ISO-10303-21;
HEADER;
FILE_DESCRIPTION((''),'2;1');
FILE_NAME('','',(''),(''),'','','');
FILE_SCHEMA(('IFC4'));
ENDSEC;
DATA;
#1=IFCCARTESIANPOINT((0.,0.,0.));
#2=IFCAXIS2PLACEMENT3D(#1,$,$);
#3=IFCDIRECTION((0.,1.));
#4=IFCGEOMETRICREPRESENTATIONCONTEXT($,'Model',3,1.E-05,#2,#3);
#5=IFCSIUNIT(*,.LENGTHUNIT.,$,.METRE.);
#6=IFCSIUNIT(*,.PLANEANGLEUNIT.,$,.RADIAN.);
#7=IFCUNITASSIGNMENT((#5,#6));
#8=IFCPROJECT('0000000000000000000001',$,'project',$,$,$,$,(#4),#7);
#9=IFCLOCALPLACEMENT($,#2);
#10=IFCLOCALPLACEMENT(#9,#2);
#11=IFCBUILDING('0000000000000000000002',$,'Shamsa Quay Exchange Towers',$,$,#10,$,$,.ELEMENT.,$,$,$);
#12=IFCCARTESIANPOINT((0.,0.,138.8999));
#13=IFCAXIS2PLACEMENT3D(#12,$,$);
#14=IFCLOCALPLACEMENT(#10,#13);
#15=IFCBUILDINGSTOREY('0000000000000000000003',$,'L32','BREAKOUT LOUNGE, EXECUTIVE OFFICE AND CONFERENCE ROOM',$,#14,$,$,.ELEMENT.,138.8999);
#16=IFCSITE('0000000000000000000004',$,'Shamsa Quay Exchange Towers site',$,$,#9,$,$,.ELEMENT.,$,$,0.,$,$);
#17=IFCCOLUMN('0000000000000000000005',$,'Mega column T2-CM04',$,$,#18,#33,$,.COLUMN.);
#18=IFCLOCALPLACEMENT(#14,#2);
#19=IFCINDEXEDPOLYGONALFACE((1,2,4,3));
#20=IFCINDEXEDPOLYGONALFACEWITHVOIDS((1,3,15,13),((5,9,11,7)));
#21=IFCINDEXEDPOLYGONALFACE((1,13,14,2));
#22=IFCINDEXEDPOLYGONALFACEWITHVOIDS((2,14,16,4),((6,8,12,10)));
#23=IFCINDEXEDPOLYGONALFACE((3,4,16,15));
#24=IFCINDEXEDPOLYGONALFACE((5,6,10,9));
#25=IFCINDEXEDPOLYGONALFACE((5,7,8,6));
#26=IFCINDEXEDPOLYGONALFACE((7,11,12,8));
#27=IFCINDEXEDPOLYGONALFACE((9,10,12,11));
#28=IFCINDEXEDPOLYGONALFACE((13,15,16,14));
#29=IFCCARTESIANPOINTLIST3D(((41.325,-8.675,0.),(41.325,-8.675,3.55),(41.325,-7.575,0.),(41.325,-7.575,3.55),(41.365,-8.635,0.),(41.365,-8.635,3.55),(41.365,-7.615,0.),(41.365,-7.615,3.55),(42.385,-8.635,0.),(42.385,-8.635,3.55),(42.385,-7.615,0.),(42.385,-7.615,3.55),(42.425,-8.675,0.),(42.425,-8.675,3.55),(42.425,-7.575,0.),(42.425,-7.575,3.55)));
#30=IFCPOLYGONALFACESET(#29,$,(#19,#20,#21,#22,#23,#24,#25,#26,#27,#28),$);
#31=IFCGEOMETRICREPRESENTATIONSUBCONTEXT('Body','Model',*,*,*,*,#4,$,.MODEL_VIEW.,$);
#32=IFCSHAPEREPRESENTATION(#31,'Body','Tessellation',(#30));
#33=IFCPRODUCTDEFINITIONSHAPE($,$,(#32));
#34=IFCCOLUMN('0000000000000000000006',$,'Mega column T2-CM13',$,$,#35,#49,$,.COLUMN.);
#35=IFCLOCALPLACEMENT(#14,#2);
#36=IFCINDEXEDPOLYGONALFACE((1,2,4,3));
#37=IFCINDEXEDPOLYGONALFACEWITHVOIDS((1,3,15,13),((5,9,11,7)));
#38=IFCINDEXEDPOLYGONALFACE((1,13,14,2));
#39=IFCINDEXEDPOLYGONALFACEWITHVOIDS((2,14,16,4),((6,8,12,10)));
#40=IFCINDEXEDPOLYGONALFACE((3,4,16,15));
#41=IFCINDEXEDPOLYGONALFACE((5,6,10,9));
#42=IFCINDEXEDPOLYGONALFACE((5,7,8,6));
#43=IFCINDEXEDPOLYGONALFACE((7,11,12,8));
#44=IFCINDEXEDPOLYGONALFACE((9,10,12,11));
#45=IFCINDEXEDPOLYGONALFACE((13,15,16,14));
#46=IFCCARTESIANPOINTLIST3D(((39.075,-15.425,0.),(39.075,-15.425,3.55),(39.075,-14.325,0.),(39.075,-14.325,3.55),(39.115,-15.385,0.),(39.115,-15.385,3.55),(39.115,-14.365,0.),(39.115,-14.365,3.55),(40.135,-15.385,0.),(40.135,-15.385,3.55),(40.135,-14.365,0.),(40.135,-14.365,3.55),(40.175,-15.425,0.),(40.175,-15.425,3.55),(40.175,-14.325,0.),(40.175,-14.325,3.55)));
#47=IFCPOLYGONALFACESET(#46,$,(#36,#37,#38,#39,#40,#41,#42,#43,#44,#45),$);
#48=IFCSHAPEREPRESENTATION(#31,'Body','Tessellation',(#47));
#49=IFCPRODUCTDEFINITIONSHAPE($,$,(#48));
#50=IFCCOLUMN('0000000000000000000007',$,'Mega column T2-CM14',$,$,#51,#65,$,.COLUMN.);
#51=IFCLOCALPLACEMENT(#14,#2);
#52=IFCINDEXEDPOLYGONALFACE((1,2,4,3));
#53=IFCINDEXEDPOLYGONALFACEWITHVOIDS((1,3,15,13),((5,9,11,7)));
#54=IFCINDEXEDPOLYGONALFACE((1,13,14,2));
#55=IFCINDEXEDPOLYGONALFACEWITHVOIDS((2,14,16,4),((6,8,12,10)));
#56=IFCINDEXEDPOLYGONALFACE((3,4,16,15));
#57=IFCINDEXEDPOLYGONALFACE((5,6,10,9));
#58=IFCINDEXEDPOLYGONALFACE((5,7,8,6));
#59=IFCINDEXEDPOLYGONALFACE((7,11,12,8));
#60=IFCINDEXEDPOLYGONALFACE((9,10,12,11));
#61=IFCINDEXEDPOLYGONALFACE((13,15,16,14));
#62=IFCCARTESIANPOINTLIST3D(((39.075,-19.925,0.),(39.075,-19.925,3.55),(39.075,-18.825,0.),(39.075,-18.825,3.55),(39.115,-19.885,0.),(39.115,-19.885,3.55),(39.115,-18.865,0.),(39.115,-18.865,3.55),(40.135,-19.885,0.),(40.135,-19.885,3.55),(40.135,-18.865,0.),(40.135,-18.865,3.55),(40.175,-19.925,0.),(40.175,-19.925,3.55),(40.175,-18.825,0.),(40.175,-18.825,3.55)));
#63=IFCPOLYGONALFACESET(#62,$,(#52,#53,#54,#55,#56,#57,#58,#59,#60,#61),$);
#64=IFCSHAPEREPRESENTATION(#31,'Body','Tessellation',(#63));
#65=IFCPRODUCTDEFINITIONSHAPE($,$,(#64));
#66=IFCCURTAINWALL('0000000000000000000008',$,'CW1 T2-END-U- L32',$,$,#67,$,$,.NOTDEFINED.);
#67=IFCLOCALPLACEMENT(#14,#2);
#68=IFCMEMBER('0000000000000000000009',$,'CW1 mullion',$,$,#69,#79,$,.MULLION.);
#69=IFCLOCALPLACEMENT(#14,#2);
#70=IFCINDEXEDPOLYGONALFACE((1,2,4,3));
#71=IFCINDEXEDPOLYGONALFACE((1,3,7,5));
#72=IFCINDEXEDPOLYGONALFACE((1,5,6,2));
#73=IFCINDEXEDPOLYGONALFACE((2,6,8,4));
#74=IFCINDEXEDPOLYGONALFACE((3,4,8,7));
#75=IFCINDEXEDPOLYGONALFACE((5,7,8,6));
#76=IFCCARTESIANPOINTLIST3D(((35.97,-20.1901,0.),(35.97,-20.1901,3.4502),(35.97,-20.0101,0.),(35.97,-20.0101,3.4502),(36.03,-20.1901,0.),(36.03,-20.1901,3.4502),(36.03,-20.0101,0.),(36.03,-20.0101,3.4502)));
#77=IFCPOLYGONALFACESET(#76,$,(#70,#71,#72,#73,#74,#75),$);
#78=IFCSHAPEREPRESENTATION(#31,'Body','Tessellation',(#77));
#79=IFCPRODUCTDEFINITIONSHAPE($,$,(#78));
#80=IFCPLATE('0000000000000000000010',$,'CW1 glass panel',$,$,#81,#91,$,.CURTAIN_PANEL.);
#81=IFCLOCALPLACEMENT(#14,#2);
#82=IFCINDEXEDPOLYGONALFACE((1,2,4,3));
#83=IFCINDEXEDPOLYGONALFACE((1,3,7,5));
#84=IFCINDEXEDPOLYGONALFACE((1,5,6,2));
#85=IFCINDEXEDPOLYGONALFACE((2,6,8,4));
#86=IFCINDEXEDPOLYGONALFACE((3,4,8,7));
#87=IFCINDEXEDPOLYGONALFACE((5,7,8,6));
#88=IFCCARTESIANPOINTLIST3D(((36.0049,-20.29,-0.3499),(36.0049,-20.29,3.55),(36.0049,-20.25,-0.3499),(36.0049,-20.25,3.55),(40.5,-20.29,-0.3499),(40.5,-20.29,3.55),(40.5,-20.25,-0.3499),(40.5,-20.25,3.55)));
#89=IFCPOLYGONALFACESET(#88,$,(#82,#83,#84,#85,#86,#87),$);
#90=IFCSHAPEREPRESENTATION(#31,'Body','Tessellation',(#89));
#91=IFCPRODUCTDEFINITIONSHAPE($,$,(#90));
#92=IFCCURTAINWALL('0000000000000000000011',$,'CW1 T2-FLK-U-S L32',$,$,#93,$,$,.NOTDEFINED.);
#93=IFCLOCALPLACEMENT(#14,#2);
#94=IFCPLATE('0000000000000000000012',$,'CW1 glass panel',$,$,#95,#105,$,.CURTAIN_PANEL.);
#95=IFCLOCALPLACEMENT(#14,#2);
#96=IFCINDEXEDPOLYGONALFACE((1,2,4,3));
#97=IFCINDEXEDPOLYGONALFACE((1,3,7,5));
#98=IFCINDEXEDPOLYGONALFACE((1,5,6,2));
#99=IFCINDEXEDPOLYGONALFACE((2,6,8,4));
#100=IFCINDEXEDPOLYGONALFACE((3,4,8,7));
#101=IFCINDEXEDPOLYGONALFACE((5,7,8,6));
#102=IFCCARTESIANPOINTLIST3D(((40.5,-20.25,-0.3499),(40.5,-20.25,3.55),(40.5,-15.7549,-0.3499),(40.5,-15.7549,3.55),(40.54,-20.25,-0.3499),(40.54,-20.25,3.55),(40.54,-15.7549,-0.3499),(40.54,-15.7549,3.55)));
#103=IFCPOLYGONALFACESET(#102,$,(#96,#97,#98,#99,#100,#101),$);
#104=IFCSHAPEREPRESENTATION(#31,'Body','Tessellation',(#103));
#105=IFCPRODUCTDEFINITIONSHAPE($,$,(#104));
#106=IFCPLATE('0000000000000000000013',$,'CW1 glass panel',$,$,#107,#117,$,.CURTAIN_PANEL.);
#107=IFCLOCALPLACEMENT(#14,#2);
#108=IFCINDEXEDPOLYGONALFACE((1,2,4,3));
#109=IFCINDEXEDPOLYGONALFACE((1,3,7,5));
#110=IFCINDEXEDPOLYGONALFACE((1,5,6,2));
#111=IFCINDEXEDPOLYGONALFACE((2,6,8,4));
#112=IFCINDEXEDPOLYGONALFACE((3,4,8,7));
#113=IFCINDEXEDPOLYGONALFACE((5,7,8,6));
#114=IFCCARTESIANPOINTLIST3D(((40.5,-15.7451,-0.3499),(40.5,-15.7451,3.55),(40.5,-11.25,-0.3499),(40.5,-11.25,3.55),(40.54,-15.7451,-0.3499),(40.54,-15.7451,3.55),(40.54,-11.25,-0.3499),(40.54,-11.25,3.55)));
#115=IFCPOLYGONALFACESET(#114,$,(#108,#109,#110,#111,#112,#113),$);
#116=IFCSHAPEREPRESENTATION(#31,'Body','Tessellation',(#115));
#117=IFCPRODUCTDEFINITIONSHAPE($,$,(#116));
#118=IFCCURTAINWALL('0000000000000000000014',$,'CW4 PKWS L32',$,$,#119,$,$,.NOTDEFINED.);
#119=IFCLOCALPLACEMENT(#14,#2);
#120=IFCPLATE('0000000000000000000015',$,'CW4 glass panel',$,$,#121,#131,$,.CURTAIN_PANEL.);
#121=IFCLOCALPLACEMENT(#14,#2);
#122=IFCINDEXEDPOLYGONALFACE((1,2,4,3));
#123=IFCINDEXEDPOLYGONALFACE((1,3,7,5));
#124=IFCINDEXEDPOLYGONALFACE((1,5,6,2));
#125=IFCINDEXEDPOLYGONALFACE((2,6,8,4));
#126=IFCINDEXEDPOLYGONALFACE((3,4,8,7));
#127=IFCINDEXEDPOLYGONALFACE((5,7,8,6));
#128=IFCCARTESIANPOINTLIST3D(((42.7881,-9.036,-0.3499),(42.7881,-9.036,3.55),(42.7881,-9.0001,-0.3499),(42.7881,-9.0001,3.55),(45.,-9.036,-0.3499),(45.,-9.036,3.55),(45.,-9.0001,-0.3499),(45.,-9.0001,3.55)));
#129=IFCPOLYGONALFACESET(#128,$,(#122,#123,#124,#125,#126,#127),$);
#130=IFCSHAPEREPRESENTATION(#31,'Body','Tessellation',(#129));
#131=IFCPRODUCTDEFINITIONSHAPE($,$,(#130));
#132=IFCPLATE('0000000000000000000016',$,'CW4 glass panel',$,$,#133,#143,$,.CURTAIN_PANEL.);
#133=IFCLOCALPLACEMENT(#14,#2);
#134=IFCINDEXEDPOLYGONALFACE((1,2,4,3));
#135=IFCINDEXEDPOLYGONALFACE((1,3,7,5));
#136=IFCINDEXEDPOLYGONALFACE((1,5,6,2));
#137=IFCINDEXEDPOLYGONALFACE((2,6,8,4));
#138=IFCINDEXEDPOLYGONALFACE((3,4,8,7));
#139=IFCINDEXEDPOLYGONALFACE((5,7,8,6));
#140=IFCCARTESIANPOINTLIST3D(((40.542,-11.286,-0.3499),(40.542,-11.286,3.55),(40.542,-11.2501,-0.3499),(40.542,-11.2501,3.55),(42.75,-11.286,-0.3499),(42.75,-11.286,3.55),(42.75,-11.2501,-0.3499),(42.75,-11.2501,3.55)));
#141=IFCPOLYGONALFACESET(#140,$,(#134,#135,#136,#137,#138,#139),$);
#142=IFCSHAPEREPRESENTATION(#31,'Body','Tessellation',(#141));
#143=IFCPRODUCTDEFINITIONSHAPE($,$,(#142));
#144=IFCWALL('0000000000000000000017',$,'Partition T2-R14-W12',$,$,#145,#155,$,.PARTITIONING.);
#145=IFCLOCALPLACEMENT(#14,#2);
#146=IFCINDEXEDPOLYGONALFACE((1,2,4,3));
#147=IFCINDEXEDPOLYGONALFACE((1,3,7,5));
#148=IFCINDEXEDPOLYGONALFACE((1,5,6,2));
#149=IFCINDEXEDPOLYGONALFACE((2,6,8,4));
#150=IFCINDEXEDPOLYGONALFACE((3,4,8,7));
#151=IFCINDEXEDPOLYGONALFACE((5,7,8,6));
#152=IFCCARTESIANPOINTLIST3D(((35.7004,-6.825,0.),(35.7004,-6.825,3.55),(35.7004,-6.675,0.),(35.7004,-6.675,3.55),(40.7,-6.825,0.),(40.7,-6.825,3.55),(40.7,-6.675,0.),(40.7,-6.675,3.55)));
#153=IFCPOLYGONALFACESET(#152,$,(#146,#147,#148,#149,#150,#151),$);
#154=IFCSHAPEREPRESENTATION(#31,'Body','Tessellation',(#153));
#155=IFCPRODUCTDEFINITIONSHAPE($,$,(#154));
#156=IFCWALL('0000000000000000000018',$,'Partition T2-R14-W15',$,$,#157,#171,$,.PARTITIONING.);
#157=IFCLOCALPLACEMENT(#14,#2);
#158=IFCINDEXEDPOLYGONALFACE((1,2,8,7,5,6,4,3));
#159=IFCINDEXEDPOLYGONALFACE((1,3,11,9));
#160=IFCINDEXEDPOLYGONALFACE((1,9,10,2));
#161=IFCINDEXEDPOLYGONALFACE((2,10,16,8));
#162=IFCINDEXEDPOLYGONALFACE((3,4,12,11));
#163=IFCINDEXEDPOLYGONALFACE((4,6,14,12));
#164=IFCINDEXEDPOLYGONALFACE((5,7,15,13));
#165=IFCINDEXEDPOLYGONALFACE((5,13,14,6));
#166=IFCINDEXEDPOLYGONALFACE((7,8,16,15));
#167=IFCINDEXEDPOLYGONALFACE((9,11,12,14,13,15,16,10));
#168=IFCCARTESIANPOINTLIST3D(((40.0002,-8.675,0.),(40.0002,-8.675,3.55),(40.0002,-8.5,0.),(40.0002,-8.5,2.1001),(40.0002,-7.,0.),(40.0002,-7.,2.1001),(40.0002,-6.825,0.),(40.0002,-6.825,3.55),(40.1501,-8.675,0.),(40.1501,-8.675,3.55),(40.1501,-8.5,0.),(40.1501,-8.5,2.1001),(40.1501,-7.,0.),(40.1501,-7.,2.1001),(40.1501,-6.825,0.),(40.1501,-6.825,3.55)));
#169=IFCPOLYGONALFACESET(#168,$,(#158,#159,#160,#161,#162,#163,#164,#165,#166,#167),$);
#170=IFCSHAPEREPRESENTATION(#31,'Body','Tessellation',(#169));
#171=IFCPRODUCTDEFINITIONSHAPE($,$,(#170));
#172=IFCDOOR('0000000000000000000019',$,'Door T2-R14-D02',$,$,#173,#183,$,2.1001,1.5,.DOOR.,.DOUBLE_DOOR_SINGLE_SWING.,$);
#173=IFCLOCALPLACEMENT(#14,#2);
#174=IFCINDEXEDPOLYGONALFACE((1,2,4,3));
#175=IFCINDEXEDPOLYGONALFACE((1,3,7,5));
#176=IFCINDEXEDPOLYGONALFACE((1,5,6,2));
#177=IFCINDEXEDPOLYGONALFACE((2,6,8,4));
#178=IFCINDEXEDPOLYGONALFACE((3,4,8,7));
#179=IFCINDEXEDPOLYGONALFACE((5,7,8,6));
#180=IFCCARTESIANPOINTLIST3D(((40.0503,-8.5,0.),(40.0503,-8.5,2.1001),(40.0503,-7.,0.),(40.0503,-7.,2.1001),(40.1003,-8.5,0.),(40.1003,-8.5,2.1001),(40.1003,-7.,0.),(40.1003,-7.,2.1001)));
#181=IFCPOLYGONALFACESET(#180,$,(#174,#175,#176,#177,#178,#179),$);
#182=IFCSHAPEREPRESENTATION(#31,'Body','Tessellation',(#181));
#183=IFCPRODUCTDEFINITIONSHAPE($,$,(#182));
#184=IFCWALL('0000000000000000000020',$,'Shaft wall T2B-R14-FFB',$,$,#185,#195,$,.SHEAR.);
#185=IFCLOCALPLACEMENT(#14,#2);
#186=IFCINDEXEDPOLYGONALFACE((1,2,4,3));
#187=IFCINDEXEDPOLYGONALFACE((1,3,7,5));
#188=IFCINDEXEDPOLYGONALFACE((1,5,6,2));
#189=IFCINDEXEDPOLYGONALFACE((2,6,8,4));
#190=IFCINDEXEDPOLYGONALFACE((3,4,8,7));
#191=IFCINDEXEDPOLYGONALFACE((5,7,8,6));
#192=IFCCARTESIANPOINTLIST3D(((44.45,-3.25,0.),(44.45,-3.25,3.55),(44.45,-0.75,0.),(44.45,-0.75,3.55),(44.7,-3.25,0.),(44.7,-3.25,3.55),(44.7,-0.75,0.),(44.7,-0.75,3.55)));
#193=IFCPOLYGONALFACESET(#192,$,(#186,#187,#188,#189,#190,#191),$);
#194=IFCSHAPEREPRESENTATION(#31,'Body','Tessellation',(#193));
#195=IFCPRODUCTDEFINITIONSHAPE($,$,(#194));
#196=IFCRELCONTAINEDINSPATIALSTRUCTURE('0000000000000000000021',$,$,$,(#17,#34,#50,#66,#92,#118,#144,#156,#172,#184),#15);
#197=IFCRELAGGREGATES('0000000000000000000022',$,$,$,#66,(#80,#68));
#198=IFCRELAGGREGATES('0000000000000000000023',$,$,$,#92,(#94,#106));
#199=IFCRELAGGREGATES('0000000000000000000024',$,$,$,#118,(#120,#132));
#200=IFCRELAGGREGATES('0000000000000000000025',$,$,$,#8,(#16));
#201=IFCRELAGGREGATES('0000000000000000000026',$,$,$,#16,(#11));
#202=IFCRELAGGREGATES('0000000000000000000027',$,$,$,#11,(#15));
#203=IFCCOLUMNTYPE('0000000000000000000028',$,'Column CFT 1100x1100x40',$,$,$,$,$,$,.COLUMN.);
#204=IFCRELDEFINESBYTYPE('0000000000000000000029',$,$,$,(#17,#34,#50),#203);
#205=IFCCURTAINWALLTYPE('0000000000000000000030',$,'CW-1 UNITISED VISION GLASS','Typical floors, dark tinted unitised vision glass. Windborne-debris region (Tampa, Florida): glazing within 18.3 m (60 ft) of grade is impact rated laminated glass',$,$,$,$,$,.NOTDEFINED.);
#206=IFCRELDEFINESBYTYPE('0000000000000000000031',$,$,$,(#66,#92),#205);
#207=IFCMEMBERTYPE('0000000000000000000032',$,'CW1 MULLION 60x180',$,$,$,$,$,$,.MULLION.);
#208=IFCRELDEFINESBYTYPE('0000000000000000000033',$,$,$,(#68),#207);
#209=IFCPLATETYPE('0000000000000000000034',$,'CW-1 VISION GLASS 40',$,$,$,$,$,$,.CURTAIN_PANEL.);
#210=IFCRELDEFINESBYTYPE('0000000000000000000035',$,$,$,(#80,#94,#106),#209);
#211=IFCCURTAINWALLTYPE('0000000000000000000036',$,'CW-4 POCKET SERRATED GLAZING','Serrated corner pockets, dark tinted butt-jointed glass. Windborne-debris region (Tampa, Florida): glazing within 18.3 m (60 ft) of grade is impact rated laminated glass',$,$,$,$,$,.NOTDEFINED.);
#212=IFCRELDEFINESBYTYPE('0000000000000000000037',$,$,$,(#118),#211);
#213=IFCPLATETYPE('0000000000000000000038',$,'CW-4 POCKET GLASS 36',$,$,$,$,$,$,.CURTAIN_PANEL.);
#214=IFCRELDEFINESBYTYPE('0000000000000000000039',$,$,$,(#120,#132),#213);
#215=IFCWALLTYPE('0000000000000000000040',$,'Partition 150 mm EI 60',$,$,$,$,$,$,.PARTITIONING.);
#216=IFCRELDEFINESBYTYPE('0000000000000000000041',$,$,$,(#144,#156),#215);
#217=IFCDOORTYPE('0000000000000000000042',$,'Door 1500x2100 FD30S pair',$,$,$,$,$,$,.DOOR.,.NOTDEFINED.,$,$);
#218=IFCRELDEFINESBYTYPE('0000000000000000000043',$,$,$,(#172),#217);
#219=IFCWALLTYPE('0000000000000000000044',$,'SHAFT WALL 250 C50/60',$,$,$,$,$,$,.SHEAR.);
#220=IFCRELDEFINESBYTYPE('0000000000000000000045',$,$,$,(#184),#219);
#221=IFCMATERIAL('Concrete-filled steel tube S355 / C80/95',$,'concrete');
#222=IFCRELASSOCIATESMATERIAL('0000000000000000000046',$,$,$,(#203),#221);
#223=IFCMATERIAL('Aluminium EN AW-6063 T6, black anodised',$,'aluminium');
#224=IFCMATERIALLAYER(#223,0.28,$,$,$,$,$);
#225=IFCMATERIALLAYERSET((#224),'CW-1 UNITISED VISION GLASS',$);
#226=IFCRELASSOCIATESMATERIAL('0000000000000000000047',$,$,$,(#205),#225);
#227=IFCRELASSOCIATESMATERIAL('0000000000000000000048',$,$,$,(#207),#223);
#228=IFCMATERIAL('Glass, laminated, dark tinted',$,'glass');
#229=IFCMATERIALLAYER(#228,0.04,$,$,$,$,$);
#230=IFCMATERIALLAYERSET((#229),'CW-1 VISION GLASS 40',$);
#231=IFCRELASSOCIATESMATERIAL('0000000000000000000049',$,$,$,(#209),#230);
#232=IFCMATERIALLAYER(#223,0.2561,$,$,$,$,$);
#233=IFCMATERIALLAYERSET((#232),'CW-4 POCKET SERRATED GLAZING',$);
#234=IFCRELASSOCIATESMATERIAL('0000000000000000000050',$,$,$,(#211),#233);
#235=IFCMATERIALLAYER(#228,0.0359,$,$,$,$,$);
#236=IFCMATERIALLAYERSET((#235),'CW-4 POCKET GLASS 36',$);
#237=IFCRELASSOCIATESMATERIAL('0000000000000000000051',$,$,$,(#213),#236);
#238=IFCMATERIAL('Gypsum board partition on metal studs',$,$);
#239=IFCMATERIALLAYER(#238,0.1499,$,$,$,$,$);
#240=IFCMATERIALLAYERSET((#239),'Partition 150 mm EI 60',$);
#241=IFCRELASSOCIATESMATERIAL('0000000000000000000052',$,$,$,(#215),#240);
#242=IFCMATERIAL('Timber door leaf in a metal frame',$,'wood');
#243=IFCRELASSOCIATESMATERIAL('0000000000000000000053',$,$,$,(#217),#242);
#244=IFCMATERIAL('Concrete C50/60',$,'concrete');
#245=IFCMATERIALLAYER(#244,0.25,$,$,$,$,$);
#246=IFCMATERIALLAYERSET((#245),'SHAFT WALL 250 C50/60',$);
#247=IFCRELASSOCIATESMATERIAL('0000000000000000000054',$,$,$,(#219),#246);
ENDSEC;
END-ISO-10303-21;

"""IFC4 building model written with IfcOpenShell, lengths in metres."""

from ifc_helpers import new_model, si_unit, direction, frame, frame_2d, origin, origin_2d, place, context, subcontext, project, spatial, rectangle, hollow_rectangle, extrude, material, layer, layer_set, material_profile, profile_set, type_object, element, fill, aggregate, save


model = new_model("IFC4")

# Units and contexts
model_context = context("Model", 3, precision=1e-05, world=origin(), true_north=direction((0.0, 1.0)))
body_context = subcontext(model_context, "Body", "Model", "MODEL_VIEW")
ifc_project = project(units=[si_unit("LENGTHUNIT", "METRE"), si_unit("PLANEANGLEUNIT", "RADIAN")], contexts=[model_context])

# Site, building, storey
site_placement = place(None, origin())
site = spatial("IfcSite", under=ifc_project, at=site_placement, Name="Shamsa Quay Exchange Towers site", CompositionType="ELEMENT", RefElevation=0.0)
building_placement = place(site_placement, origin())
building = spatial("IfcBuilding", under=site, at=building_placement, Name="Shamsa Quay Exchange Towers", CompositionType="ELEMENT")
storey_placement = place(building_placement, frame((0.0, 0.0, 138.8999)))
storey = spatial("IfcBuildingStorey", under=building, at=storey_placement, Name="L32", Description="BREAKOUT LOUNGE, EXECUTIVE OFFICE AND CONFERENCE ROOM", CompositionType="ELEMENT", Elevation=138.8999)

# Columns
ifc_material_1 = material(Name="Concrete-filled steel tube S355 / C80/95", Category="concrete")
ifc_material_profile_1 = material_profile(ifc_material_1, hollow_rectangle(XDim=1.1001, YDim=1.1001, WallThickness=0.04, at=origin_2d()), Name="CFT 1100x1100x40")
ifc_profile_set_1 = profile_set([ifc_material_profile_1], Name="Concrete-filled steel tube S355 / C80/95")
column_type = type_object("IfcColumnType", Name="Column CFT 1100x1100x40", PredefinedType="COLUMN", material=ifc_profile_set_1)
for number, where, name in (
    (1, (41.875, -8.125, 0.0), "Mega column T2-CM04"),
    (2, (39.625, -14.875, 0.0), "Mega column T2-CM13"),
    (3, (39.625, -19.375, 0.0), "Mega column T2-CM14"),
):
    element("IfcColumn", number, at=place(storey_placement, frame(where)), inside=storey, type_object=column_type, Name=name, PredefinedType="COLUMN", context=body_context, shape_type="SweptSolid", body=[
        extrude(hollow_rectangle(XDim=1.1001, YDim=1.1001, WallThickness=0.04, at=origin_2d()), origin(), (0.0, 0.0, 1.0), 3.55),
    ])

# Curtain wall, member, plate
ifc_material_2 = material(Name="Aluminium EN AW-6063 T6, black anodised", Category="aluminium")
ifc_layer_1 = layer(ifc_material_2, 0.28)
ifc_layer_set_1 = layer_set([ifc_layer_1], Name="CW-1 UNITISED VISION GLASS")
curtain_wall_type_1 = type_object("IfcCurtainWallType", Name="CW-1 UNITISED VISION GLASS", Description="Typical floors, dark tinted unitised vision glass. Windborne-debris region (Tampa, Florida): glazing within 18.3 m (60 ft) of grade is impact rated laminated glass", PredefinedType="NOTDEFINED", material=ifc_layer_set_1)
curtain_wall_1_placement = place(storey_placement, origin())
curtain_wall_1 = element("IfcCurtainWall", 4, at=curtain_wall_1_placement, inside=storey, type_object=curtain_wall_type_1, Name="CW1 T2-END-U- L32", PredefinedType="NOTDEFINED")
ifc_material_profile_2 = material_profile(ifc_material_2, rectangle(XDim=0.1799, YDim=0.0601, at=origin_2d()), Name="MU60x180")
ifc_profile_set_2 = profile_set([ifc_material_profile_2], Name="Aluminium EN AW-6063 T6, black anodised")
member_type = type_object("IfcMemberType", Name="CW1 MULLION 60x180", PredefinedType="MULLION", material=ifc_profile_set_2)
member_placement = place(storey_placement, frame((36.0, -20.1001, 0.0), z_axis=(0.0, 0.0, 1.0), x_axis=(0.0, 1.0, 0.0)))
member = element("IfcMember", 5, at=member_placement, type_object=member_type, Name="CW1 mullion", PredefinedType="MULLION", context=body_context, shape_type="SweptSolid", body=[
    extrude(rectangle(XDim=0.1799, YDim=0.0601, at=origin_2d()), origin(), (0.0, 0.0, 1.0), 3.4502),
])
ifc_material_3 = material(Name="Glass, laminated, dark tinted", Category="glass")
ifc_layer_2 = layer(ifc_material_3, 0.04)
ifc_layer_set_2 = layer_set([ifc_layer_2], Name="CW-1 VISION GLASS 40")
plate_type_1 = type_object("IfcPlateType", Name="CW-1 VISION GLASS 40", PredefinedType="CURTAIN_PANEL", material=ifc_layer_set_2)
plate_1_placement = place(storey_placement, frame((38.2524, -20.27, -0.3499)))
plate_1 = element("IfcPlate", 6, at=plate_1_placement, type_object=plate_type_1, Name="CW1 glass panel", PredefinedType="CURTAIN_PANEL", context=body_context, shape_type="SweptSolid", body=[
    extrude(rectangle(XDim=4.4951, YDim=0.04, at=origin_2d()), origin(), (0.0, 0.0, 1.0), 3.8999),
])
aggregate(curtain_wall_1, [plate_1, member])

# Curtain walls, plates
curtain_wall_2_placement = place(storey_placement, origin())
curtain_wall_2 = element("IfcCurtainWall", 7, at=curtain_wall_2_placement, inside=storey, type_object=curtain_wall_type_1, Name="CW1 T2-FLK-U-S L32", PredefinedType="NOTDEFINED")
plate_2_placement = place(storey_placement, frame((40.52, -18.0024, -0.3499), z_axis=(0.0, 0.0, 1.0), x_axis=(0.0, 1.0, 0.0)))
plate_2 = element("IfcPlate", 8, at=plate_2_placement, type_object=plate_type_1, Name="CW1 glass panel", PredefinedType="CURTAIN_PANEL", context=body_context, shape_type="SweptSolid", body=[
    extrude(rectangle(XDim=4.4951, YDim=0.04, at=origin_2d()), origin(), (0.0, 0.0, 1.0), 3.8999),
])
plate_3_placement = place(storey_placement, frame((40.52, -13.4976, -0.3499), z_axis=(0.0, 0.0, 1.0), x_axis=(0.0, 1.0, 0.0)))
plate_3 = element("IfcPlate", 9, at=plate_3_placement, type_object=plate_type_1, Name="CW1 glass panel", PredefinedType="CURTAIN_PANEL", context=body_context, shape_type="SweptSolid", body=[
    extrude(rectangle(XDim=4.4951, YDim=0.04, at=origin_2d()), origin(), (0.0, 0.0, 1.0), 3.8999),
])
aggregate(curtain_wall_2, [plate_2, plate_3])
ifc_layer_3 = layer(ifc_material_2, 0.2561)
ifc_layer_set_3 = layer_set([ifc_layer_3], Name="CW-4 POCKET SERRATED GLAZING")
curtain_wall_type_2 = type_object("IfcCurtainWallType", Name="CW-4 POCKET SERRATED GLAZING", Description="Serrated corner pockets, dark tinted butt-jointed glass. Windborne-debris region (Tampa, Florida): glazing within 18.3 m (60 ft) of grade is impact rated laminated glass", PredefinedType="NOTDEFINED", material=ifc_layer_set_3)
curtain_wall_3_placement = place(storey_placement, origin())
curtain_wall_3 = element("IfcCurtainWall", 10, at=curtain_wall_3_placement, inside=storey, type_object=curtain_wall_type_2, Name="CW4 PKWS L32", PredefinedType="NOTDEFINED")
ifc_layer_4 = layer(ifc_material_3, 0.0359)
ifc_layer_set_4 = layer_set([ifc_layer_4], Name="CW-4 POCKET GLASS 36")
plate_type_2 = type_object("IfcPlateType", Name="CW-4 POCKET GLASS 36", PredefinedType="CURTAIN_PANEL", material=ifc_layer_set_4)
plate_4_placement = place(storey_placement, frame((43.894, -9.0181, -0.3499)))
plate_4 = element("IfcPlate", 11, at=plate_4_placement, type_object=plate_type_2, Name="CW4 glass panel", PredefinedType="CURTAIN_PANEL", context=body_context, shape_type="SweptSolid", body=[
    extrude(rectangle(XDim=2.2119, YDim=0.0359, at=origin_2d()), origin(), (0.0, 0.0, 1.0), 3.8999),
])
plate_5_placement = place(storey_placement, frame((41.646, -11.2681, -0.3499)))
plate_5 = element("IfcPlate", 12, at=plate_5_placement, type_object=plate_type_2, Name="CW4 glass panel", PredefinedType="CURTAIN_PANEL", context=body_context, shape_type="SweptSolid", body=[
    extrude(rectangle(XDim=2.208, YDim=0.0359, at=origin_2d()), origin(), (0.0, 0.0, 1.0), 3.8999),
])
aggregate(curtain_wall_3, [plate_4, plate_5])

# Wall
ifc_material_4 = material(Name="Gypsum board partition on metal studs")
ifc_layer_5 = layer(ifc_material_4, 0.1499)
ifc_layer_set_5 = layer_set([ifc_layer_5], Name="Partition 150 mm EI 60")
wall_type_1 = type_object("IfcWallType", Name="Partition 150 mm EI 60", PredefinedType="PARTITIONING", material=ifc_layer_set_5)
wall_1_placement = place(storey_placement, frame((35.7004, -6.75, 0.0)))
element("IfcWall", 13, at=wall_1_placement, inside=storey, type_object=wall_type_1, Name="Partition T2-R14-W12", PredefinedType="PARTITIONING", context=body_context, shape_type="SweptSolid", body=[
    extrude(rectangle(XDim=4.9995, YDim=0.1499, at=frame_2d((2.4998, 0.0))), origin(), (0.0, 0.0, 1.0), 3.55),
])

# Wall, opening, door
wall_2_placement = place(storey_placement, frame((40.0752, -8.675, 0.0), z_axis=(0.0, 0.0, 1.0), x_axis=(0.0, 1.0, 0.0)))
wall_2 = element("IfcWall", 14, at=wall_2_placement, inside=storey, type_object=wall_type_1, Name="Partition T2-R14-W15", PredefinedType="PARTITIONING", context=body_context, shape_type="SweptSolid", body=[
    extrude(rectangle(XDim=1.8501, YDim=0.1499, at=frame_2d((0.925, 0.0))), origin(), (0.0, 0.0, 1.0), 3.55),
])
opening_1_placement = place(wall_2_placement, frame((0.175, 0.0, 0.0)))
opening_1 = element("IfcOpeningElement", 15, at=opening_1_placement, cuts=wall_2, PredefinedType="OPENING", context=body_context, shape_type="SweptSolid", body=[
    extrude(rectangle(XDim=1.5, YDim=2.1001, at=frame_2d((0.75, 1.05))), frame((0.0, 0.085, 0.0), z_axis=(0.0, -1.0, 0.0), x_axis=(1.0, 0.0, 0.0)), (0.0, 0.0, 1.0), 0.1699),
])
ifc_material_5 = material(Name="Timber door leaf in a metal frame", Category="wood")
door_type_1 = type_object("IfcDoorType", Name="Door 1500x2100 FD30S pair", OperationType="NOTDEFINED", PredefinedType="DOOR", material=ifc_material_5)
door_1_placement = place(opening_1_placement, origin())
door_1 = element("IfcDoor", 16, at=door_1_placement, inside=storey, type_object=door_type_1, Name="Door T2-R14-D02", OperationType="DOUBLE_DOOR_SINGLE_SWING", OverallHeight=2.1001, OverallWidth=1.5, PredefinedType="DOOR", context=body_context, shape_type="SweptSolid", body=[
    extrude(rectangle(XDim=1.5, YDim=2.1001, at=frame_2d((0.75, 1.05))), frame((0.0, 0.0249, 0.0), z_axis=(0.0, -1.0, 0.0), x_axis=(1.0, 0.0, 0.0)), (0.0, 0.0, 1.0), 0.05),
])
fill(opening_1, door_1)

# Wall
ifc_material_6 = material(Name="Concrete C50/60", Category="concrete")
ifc_layer_6 = layer(ifc_material_6, 0.25)
ifc_layer_set_6 = layer_set([ifc_layer_6], Name="SHAFT WALL 250 C50/60")
wall_type_2 = type_object("IfcWallType", Name="SHAFT WALL 250 C50/60", PredefinedType="SHEAR", material=ifc_layer_set_6)
wall_3_placement = place(storey_placement, frame((44.575, -3.25, 0.0), z_axis=(0.0, 0.0, 1.0), x_axis=(0.0, 1.0, 0.0)))
element("IfcWall", 17, at=wall_3_placement, inside=storey, type_object=wall_type_2, Name="Shaft wall T2B-R14-FFB", PredefinedType="SHEAR", context=body_context, shape_type="SweptSolid", body=[
    extrude(rectangle(XDim=2.5, YDim=0.25, at=frame_2d((1.25, 0.0))), origin(), (0.0, 0.0, 1.0), 3.55),
])

save(model, "model.ifc")
